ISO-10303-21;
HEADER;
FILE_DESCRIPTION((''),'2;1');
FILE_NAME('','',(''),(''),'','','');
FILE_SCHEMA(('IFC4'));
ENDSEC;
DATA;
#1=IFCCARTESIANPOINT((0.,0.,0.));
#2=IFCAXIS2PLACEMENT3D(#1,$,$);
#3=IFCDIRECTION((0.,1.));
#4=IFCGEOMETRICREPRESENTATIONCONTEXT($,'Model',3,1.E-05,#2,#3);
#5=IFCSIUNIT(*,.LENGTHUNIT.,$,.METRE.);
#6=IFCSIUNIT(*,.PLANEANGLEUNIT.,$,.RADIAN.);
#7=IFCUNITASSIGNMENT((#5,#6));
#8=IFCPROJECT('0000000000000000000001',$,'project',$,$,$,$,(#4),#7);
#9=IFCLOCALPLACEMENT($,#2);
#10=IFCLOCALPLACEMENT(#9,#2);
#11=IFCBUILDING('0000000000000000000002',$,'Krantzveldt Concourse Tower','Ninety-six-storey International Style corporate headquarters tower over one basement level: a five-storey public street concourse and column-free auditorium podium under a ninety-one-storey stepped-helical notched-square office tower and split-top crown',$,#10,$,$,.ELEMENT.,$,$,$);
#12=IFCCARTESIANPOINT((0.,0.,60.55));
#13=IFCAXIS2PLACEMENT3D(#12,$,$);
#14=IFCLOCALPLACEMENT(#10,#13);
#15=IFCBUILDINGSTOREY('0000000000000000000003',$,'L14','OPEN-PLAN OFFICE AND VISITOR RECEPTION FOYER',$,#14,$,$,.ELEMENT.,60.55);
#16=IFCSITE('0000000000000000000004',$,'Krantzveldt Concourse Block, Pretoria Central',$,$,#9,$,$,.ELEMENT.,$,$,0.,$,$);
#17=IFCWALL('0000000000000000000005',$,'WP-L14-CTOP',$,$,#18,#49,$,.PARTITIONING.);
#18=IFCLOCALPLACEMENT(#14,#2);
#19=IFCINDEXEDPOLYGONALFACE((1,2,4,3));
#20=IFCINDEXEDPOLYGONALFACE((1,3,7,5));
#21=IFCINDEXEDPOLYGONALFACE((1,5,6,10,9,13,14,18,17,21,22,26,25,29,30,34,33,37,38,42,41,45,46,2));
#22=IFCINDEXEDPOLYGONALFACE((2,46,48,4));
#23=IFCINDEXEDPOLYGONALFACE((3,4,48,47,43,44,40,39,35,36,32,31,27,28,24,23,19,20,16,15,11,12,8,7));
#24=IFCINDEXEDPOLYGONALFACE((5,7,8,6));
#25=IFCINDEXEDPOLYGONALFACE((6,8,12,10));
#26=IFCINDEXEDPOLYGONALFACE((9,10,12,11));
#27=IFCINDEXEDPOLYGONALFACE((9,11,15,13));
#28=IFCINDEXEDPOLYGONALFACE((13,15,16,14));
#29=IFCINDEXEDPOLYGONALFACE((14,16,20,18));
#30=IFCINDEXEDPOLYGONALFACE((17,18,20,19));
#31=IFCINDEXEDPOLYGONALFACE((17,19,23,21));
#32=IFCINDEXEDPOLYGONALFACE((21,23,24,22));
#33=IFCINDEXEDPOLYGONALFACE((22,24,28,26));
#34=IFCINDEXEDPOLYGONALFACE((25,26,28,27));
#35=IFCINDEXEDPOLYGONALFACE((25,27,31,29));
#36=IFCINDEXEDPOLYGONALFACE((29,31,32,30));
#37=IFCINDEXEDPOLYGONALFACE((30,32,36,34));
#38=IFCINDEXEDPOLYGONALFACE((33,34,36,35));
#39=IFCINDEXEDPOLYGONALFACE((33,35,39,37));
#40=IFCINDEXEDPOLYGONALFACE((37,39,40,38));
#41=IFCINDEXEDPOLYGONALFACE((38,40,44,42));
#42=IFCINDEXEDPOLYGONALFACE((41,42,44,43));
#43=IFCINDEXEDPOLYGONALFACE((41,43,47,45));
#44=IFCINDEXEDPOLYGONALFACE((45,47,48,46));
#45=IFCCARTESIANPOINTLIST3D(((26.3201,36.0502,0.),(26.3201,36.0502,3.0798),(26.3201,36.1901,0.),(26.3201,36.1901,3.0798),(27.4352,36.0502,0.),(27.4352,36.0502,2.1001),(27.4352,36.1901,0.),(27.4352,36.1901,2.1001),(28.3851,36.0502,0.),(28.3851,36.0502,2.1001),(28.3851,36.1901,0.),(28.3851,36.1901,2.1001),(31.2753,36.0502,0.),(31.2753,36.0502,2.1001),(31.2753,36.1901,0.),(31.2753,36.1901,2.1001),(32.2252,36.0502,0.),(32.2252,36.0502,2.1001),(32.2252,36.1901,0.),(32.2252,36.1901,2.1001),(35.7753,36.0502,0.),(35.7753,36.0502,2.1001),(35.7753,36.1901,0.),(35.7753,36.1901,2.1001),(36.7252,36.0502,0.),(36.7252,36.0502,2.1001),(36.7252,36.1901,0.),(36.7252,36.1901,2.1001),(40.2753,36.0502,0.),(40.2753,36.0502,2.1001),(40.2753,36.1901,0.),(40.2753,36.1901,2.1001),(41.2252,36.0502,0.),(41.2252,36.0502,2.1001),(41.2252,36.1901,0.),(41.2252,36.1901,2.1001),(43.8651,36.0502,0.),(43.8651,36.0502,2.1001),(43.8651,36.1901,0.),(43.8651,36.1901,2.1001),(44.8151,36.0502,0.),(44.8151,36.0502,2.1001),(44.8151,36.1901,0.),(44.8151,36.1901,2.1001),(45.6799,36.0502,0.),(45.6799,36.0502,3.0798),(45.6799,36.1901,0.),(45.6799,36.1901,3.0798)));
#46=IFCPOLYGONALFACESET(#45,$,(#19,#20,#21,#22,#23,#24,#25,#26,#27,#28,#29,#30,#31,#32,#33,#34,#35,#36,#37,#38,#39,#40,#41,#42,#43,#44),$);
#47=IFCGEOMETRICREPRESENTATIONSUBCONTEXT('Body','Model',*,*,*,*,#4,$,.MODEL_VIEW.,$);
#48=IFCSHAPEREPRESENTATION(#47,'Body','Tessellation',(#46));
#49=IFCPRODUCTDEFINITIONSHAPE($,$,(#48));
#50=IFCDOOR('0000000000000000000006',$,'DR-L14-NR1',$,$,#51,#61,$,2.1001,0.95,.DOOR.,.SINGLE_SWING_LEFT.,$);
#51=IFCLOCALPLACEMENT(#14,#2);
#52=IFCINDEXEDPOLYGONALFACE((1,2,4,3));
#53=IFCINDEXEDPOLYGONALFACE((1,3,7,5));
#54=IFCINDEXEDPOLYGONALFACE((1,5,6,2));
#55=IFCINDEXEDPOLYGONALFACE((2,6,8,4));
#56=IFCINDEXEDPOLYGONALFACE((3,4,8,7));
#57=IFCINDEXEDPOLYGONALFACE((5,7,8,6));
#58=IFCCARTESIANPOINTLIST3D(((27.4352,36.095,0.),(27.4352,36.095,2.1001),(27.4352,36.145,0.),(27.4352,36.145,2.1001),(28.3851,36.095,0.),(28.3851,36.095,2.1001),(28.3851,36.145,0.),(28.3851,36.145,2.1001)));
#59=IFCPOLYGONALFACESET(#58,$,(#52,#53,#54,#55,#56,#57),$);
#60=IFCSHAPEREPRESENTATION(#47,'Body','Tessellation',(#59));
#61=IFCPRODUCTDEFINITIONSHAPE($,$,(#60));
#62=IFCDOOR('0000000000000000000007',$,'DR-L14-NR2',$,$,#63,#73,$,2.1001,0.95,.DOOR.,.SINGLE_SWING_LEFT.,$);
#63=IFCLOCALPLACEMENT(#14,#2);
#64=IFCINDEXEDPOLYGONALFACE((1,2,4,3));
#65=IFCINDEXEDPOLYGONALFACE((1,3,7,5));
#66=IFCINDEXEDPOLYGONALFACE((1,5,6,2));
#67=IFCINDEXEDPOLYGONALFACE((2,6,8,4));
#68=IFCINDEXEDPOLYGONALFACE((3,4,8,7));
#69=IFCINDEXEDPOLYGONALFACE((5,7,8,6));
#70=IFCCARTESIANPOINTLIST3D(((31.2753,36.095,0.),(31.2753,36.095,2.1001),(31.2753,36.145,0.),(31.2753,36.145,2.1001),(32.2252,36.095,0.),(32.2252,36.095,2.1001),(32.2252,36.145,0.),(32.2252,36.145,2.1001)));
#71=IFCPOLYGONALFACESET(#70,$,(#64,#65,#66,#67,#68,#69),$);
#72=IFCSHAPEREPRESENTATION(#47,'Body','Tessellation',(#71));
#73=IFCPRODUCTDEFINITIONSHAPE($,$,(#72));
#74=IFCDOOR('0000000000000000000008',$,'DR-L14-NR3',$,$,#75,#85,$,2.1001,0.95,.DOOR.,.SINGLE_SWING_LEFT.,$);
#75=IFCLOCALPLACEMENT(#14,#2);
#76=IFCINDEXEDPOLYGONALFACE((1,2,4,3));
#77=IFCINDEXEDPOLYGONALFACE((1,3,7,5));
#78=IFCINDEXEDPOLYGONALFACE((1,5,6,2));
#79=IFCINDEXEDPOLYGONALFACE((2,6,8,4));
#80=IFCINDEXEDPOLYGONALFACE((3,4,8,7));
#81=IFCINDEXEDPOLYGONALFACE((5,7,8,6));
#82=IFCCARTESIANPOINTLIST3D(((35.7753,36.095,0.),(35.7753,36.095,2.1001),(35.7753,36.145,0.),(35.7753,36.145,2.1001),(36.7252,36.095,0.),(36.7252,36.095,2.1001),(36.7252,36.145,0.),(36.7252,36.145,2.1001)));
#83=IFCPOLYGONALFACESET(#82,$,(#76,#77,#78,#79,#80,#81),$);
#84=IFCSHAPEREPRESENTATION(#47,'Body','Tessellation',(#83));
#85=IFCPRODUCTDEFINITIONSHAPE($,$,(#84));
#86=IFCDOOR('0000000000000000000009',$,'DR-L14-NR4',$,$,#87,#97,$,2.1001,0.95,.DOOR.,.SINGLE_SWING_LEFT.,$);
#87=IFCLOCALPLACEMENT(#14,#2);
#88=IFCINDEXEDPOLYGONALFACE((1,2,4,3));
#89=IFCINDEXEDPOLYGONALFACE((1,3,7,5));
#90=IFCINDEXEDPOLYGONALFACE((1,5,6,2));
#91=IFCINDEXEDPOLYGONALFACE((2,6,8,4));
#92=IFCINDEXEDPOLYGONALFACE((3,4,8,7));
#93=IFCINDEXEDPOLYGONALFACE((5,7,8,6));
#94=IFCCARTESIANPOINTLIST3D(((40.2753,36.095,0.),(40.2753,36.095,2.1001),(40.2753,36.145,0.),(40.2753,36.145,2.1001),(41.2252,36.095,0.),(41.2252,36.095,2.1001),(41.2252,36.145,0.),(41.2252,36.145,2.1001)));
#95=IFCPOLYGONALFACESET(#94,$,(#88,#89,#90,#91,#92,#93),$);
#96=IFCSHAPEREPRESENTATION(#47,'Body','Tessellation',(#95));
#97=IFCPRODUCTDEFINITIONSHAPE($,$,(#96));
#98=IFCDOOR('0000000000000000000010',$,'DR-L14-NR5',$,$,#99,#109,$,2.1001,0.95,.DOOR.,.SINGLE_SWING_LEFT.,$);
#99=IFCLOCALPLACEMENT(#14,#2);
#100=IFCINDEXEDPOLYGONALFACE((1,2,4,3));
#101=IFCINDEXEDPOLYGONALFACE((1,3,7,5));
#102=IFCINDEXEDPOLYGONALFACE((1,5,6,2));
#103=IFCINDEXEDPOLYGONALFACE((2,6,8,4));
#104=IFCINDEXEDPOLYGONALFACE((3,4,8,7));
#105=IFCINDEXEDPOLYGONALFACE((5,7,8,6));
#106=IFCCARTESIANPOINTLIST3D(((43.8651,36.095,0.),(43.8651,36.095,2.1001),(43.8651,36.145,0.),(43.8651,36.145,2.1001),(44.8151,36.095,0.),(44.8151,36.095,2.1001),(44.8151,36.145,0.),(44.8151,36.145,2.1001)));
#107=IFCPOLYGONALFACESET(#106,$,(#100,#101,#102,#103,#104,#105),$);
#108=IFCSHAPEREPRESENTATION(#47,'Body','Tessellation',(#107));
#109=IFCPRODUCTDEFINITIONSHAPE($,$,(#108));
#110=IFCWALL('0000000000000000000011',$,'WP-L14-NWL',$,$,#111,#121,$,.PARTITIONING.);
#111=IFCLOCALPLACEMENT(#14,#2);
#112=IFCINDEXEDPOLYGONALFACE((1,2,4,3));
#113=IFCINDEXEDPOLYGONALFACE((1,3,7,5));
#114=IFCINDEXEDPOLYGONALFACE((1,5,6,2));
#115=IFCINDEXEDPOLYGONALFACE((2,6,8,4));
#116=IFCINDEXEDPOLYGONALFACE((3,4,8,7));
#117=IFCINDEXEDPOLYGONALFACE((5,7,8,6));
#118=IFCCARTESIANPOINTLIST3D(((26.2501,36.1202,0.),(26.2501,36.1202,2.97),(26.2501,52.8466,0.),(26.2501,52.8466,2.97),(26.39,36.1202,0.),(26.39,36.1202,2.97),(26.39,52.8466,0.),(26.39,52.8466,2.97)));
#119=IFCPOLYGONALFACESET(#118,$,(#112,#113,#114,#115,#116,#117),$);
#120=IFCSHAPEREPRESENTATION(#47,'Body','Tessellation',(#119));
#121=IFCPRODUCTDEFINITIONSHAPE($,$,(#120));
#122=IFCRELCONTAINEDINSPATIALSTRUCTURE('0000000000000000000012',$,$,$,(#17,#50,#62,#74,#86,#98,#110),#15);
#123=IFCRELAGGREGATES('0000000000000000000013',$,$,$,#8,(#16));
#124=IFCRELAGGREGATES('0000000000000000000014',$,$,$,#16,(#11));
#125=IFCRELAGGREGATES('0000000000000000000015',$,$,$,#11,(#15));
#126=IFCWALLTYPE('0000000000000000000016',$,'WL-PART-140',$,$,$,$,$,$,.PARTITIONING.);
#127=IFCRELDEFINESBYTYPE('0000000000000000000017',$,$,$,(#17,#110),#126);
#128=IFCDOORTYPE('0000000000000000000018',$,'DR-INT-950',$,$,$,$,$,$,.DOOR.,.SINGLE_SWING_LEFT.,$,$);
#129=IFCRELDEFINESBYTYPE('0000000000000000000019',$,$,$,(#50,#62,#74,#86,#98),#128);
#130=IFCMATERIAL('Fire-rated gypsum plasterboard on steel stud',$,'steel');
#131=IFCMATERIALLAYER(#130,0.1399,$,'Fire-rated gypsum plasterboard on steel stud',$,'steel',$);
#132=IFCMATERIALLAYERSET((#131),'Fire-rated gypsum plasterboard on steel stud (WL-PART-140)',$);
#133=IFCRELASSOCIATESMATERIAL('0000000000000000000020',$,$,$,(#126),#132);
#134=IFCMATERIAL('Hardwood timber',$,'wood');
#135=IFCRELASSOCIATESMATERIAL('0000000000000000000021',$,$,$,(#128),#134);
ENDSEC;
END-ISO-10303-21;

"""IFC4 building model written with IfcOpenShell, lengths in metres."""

from ifc_helpers import new_model, si_unit, direction, frame, frame_2d, origin, place, context, subcontext, project, spatial, rectangle, extrude, material, layer, layer_set, type_object, element, fill, save


model = new_model("IFC4")

# Units and contexts
model_context = context("Model", 3, precision=1e-05, world=origin(), true_north=direction((0.0, 1.0)))
body_context = subcontext(model_context, "Body", "Model", "MODEL_VIEW")
ifc_project = project(units=[si_unit("LENGTHUNIT", "METRE"), si_unit("PLANEANGLEUNIT", "RADIAN")], contexts=[model_context])

# Site, building, storey
site_placement = place(None, origin())
site = spatial("IfcSite", under=ifc_project, at=site_placement, Name="Krantzveldt Concourse Block, Pretoria Central", CompositionType="ELEMENT", RefElevation=0.0)
building_placement = place(site_placement, origin())
building = spatial("IfcBuilding", under=site, at=building_placement, Name="Krantzveldt Concourse Tower", Description="Ninety-six-storey International Style corporate headquarters tower over one basement level: a five-storey public street concourse and column-free auditorium podium under a ninety-one-storey stepped-helical notched-square office tower and split-top crown", CompositionType="ELEMENT")
storey_placement = place(building_placement, frame((0.0, 0.0, 60.55)))
storey = spatial("IfcBuildingStorey", under=building, at=storey_placement, Name="L14", Description="OPEN-PLAN OFFICE AND VISITOR RECEPTION FOYER", CompositionType="ELEMENT", Elevation=60.55)

# Shared definitions
ifc_material_1 = material(Name="Fire-rated gypsum plasterboard on steel stud", Category="steel")

# Wall, openings, doors
ifc_layer_1 = layer(ifc_material_1, 0.1399, Name="Fire-rated gypsum plasterboard on steel stud", Category="steel")
ifc_layer_set_1 = layer_set([ifc_layer_1], Name="Fire-rated gypsum plasterboard on steel stud (WL-PART-140)")
wall_type_1 = type_object("IfcWallType", Name="WL-PART-140", PredefinedType="PARTITIONING", material=ifc_layer_set_1)
ifc_material_2 = material(Name="Hardwood timber", Category="wood")
door_type_1 = type_object("IfcDoorType", Name="DR-INT-950", OperationType="SINGLE_SWING_LEFT", PredefinedType="DOOR", material=ifc_material_2)
wall_1_placement = place(storey_placement, frame((26.3201, 36.1201, 0.0), z_axis=(0.0, 0.0, 1.0), x_axis=(1.0, 0.0, 0.0)))
wall_1 = element("IfcWall", 1, at=wall_1_placement, inside=storey, type_object=wall_type_1, Name="WP-L14-CTOP", PredefinedType="PARTITIONING", context=body_context, shape_type="SweptSolid", body=[
    extrude(rectangle(XDim=19.3599, YDim=0.1399, at=frame_2d((9.6799, 0.0))), origin(), (0.0, 0.0, 1.0), 3.0798),
])
opening_1_placement = place(wall_1_placement, frame((1.115, 0.0, 0.0)))
opening_1 = element("IfcOpeningElement", 2, at=opening_1_placement, cuts=wall_1, PredefinedType="OPENING", context=body_context, shape_type="SweptSolid", body=[
    extrude(rectangle(XDim=0.95, YDim=2.1001, at=frame_2d((0.4751, 1.05))), frame((0.0, 0.0801, 0.0), z_axis=(0.0, -1.0, 0.0), x_axis=(1.0, 0.0, 0.0)), (0.0, 0.0, 1.0), 0.1599),
])
opening_2_placement = place(wall_1_placement, frame((4.9551, 0.0, 0.0)))
opening_2 = element("IfcOpeningElement", 3, at=opening_2_placement, cuts=wall_1, PredefinedType="OPENING", context=body_context, shape_type="SweptSolid", body=[
    extrude(rectangle(XDim=0.95, YDim=2.1001, at=frame_2d((0.4751, 1.05))), frame((0.0, 0.0801, 0.0), z_axis=(0.0, -1.0, 0.0), x_axis=(1.0, 0.0, 0.0)), (0.0, 0.0, 1.0), 0.1599),
])
opening_3_placement = place(wall_1_placement, frame((9.4551, 0.0, 0.0)))
opening_3 = element("IfcOpeningElement", 4, at=opening_3_placement, cuts=wall_1, PredefinedType="OPENING", context=body_context, shape_type="SweptSolid", body=[
    extrude(rectangle(XDim=0.95, YDim=2.1001, at=frame_2d((0.4751, 1.05))), frame((0.0, 0.0801, 0.0), z_axis=(0.0, -1.0, 0.0), x_axis=(1.0, 0.0, 0.0)), (0.0, 0.0, 1.0), 0.1599),
])
opening_4_placement = place(wall_1_placement, frame((13.9551, 0.0, 0.0)))
opening_4 = element("IfcOpeningElement", 5, at=opening_4_placement, cuts=wall_1, PredefinedType="OPENING", context=body_context, shape_type="SweptSolid", body=[
    extrude(rectangle(XDim=0.95, YDim=2.1001, at=frame_2d((0.4751, 1.05))), frame((0.0, 0.0801, 0.0), z_axis=(0.0, -1.0, 0.0), x_axis=(1.0, 0.0, 0.0)), (0.0, 0.0, 1.0), 0.1599),
])
opening_5_placement = place(wall_1_placement, frame((17.5449, 0.0, 0.0)))
opening_5 = element("IfcOpeningElement", 6, at=opening_5_placement, cuts=wall_1, PredefinedType="OPENING", context=body_context, shape_type="SweptSolid", body=[
    extrude(rectangle(XDim=0.95, YDim=2.1001, at=frame_2d((0.4751, 1.05))), frame((0.0, 0.0801, 0.0), z_axis=(0.0, -1.0, 0.0), x_axis=(1.0, 0.0, 0.0)), (0.0, 0.0, 1.0), 0.1599),
])
door_1_placement = place(opening_1_placement, origin())
door_1 = element("IfcDoor", 7, at=door_1_placement, inside=storey, type_object=door_type_1, Name="DR-L14-NR1", OperationType="SINGLE_SWING_LEFT", OverallHeight=2.1001, OverallWidth=0.95, PredefinedType="DOOR", context=body_context, shape_type="SweptSolid", body=[
    extrude(rectangle(XDim=0.95, YDim=2.1001, at=frame_2d((0.4751, 1.05))), frame((0.0, 0.0249, 0.0), z_axis=(0.0, -1.0, 0.0), x_axis=(1.0, 0.0, 0.0)), (0.0, 0.0, 1.0), 0.05),
])
fill(opening_1, door_1)
door_2_placement = place(opening_2_placement, origin())
door_2 = element("IfcDoor", 8, at=door_2_placement, inside=storey, type_object=door_type_1, Name="DR-L14-NR2", OperationType="SINGLE_SWING_LEFT", OverallHeight=2.1001, OverallWidth=0.95, PredefinedType="DOOR", context=body_context, shape_type="SweptSolid", body=[
    extrude(rectangle(XDim=0.95, YDim=2.1001, at=frame_2d((0.4751, 1.05))), frame((0.0, 0.0249, 0.0), z_axis=(0.0, -1.0, 0.0), x_axis=(1.0, 0.0, 0.0)), (0.0, 0.0, 1.0), 0.05),
])
fill(opening_2, door_2)
door_3_placement = place(opening_3_placement, origin())
door_3 = element("IfcDoor", 9, at=door_3_placement, inside=storey, type_object=door_type_1, Name="DR-L14-NR3", OperationType="SINGLE_SWING_LEFT", OverallHeight=2.1001, OverallWidth=0.95, PredefinedType="DOOR", context=body_context, shape_type="SweptSolid", body=[
    extrude(rectangle(XDim=0.95, YDim=2.1001, at=frame_2d((0.4751, 1.05))), frame((0.0, 0.0249, 0.0), z_axis=(0.0, -1.0, 0.0), x_axis=(1.0, 0.0, 0.0)), (0.0, 0.0, 1.0), 0.05),
])
fill(opening_3, door_3)
door_4_placement = place(opening_4_placement, origin())
door_4 = element("IfcDoor", 10, at=door_4_placement, inside=storey, type_object=door_type_1, Name="DR-L14-NR4", OperationType="SINGLE_SWING_LEFT", OverallHeight=2.1001, OverallWidth=0.95, PredefinedType="DOOR", context=body_context, shape_type="SweptSolid", body=[
    extrude(rectangle(XDim=0.95, YDim=2.1001, at=frame_2d((0.4751, 1.05))), frame((0.0, 0.0249, 0.0), z_axis=(0.0, -1.0, 0.0), x_axis=(1.0, 0.0, 0.0)), (0.0, 0.0, 1.0), 0.05),
])
fill(opening_4, door_4)
door_5_placement = place(opening_5_placement, origin())
door_5 = element("IfcDoor", 11, at=door_5_placement, inside=storey, type_object=door_type_1, Name="DR-L14-NR5", OperationType="SINGLE_SWING_LEFT", OverallHeight=2.1001, OverallWidth=0.95, PredefinedType="DOOR", context=body_context, shape_type="SweptSolid", body=[
    extrude(rectangle(XDim=0.95, YDim=2.1001, at=frame_2d((0.4751, 1.05))), frame((0.0, 0.0249, 0.0), z_axis=(0.0, -1.0, 0.0), x_axis=(1.0, 0.0, 0.0)), (0.0, 0.0, 1.0), 0.05),
])
fill(opening_5, door_5)

# Wall
wall_2_placement = place(storey_placement, frame((26.3201, 36.1201, 0.0), z_axis=(0.0, 0.0, 1.0), x_axis=(0.0, 1.0, 0.0)))
element("IfcWall", 12, at=wall_2_placement, inside=storey, type_object=wall_type_1, Name="WP-L14-NWL", PredefinedType="PARTITIONING", context=body_context, shape_type="SweptSolid", body=[
    extrude(rectangle(XDim=16.7263, YDim=0.1399, at=frame_2d((8.3633, 0.0))), origin(), (0.0, 0.0, 1.0), 2.97),
])

save(model, "model.ifc")
